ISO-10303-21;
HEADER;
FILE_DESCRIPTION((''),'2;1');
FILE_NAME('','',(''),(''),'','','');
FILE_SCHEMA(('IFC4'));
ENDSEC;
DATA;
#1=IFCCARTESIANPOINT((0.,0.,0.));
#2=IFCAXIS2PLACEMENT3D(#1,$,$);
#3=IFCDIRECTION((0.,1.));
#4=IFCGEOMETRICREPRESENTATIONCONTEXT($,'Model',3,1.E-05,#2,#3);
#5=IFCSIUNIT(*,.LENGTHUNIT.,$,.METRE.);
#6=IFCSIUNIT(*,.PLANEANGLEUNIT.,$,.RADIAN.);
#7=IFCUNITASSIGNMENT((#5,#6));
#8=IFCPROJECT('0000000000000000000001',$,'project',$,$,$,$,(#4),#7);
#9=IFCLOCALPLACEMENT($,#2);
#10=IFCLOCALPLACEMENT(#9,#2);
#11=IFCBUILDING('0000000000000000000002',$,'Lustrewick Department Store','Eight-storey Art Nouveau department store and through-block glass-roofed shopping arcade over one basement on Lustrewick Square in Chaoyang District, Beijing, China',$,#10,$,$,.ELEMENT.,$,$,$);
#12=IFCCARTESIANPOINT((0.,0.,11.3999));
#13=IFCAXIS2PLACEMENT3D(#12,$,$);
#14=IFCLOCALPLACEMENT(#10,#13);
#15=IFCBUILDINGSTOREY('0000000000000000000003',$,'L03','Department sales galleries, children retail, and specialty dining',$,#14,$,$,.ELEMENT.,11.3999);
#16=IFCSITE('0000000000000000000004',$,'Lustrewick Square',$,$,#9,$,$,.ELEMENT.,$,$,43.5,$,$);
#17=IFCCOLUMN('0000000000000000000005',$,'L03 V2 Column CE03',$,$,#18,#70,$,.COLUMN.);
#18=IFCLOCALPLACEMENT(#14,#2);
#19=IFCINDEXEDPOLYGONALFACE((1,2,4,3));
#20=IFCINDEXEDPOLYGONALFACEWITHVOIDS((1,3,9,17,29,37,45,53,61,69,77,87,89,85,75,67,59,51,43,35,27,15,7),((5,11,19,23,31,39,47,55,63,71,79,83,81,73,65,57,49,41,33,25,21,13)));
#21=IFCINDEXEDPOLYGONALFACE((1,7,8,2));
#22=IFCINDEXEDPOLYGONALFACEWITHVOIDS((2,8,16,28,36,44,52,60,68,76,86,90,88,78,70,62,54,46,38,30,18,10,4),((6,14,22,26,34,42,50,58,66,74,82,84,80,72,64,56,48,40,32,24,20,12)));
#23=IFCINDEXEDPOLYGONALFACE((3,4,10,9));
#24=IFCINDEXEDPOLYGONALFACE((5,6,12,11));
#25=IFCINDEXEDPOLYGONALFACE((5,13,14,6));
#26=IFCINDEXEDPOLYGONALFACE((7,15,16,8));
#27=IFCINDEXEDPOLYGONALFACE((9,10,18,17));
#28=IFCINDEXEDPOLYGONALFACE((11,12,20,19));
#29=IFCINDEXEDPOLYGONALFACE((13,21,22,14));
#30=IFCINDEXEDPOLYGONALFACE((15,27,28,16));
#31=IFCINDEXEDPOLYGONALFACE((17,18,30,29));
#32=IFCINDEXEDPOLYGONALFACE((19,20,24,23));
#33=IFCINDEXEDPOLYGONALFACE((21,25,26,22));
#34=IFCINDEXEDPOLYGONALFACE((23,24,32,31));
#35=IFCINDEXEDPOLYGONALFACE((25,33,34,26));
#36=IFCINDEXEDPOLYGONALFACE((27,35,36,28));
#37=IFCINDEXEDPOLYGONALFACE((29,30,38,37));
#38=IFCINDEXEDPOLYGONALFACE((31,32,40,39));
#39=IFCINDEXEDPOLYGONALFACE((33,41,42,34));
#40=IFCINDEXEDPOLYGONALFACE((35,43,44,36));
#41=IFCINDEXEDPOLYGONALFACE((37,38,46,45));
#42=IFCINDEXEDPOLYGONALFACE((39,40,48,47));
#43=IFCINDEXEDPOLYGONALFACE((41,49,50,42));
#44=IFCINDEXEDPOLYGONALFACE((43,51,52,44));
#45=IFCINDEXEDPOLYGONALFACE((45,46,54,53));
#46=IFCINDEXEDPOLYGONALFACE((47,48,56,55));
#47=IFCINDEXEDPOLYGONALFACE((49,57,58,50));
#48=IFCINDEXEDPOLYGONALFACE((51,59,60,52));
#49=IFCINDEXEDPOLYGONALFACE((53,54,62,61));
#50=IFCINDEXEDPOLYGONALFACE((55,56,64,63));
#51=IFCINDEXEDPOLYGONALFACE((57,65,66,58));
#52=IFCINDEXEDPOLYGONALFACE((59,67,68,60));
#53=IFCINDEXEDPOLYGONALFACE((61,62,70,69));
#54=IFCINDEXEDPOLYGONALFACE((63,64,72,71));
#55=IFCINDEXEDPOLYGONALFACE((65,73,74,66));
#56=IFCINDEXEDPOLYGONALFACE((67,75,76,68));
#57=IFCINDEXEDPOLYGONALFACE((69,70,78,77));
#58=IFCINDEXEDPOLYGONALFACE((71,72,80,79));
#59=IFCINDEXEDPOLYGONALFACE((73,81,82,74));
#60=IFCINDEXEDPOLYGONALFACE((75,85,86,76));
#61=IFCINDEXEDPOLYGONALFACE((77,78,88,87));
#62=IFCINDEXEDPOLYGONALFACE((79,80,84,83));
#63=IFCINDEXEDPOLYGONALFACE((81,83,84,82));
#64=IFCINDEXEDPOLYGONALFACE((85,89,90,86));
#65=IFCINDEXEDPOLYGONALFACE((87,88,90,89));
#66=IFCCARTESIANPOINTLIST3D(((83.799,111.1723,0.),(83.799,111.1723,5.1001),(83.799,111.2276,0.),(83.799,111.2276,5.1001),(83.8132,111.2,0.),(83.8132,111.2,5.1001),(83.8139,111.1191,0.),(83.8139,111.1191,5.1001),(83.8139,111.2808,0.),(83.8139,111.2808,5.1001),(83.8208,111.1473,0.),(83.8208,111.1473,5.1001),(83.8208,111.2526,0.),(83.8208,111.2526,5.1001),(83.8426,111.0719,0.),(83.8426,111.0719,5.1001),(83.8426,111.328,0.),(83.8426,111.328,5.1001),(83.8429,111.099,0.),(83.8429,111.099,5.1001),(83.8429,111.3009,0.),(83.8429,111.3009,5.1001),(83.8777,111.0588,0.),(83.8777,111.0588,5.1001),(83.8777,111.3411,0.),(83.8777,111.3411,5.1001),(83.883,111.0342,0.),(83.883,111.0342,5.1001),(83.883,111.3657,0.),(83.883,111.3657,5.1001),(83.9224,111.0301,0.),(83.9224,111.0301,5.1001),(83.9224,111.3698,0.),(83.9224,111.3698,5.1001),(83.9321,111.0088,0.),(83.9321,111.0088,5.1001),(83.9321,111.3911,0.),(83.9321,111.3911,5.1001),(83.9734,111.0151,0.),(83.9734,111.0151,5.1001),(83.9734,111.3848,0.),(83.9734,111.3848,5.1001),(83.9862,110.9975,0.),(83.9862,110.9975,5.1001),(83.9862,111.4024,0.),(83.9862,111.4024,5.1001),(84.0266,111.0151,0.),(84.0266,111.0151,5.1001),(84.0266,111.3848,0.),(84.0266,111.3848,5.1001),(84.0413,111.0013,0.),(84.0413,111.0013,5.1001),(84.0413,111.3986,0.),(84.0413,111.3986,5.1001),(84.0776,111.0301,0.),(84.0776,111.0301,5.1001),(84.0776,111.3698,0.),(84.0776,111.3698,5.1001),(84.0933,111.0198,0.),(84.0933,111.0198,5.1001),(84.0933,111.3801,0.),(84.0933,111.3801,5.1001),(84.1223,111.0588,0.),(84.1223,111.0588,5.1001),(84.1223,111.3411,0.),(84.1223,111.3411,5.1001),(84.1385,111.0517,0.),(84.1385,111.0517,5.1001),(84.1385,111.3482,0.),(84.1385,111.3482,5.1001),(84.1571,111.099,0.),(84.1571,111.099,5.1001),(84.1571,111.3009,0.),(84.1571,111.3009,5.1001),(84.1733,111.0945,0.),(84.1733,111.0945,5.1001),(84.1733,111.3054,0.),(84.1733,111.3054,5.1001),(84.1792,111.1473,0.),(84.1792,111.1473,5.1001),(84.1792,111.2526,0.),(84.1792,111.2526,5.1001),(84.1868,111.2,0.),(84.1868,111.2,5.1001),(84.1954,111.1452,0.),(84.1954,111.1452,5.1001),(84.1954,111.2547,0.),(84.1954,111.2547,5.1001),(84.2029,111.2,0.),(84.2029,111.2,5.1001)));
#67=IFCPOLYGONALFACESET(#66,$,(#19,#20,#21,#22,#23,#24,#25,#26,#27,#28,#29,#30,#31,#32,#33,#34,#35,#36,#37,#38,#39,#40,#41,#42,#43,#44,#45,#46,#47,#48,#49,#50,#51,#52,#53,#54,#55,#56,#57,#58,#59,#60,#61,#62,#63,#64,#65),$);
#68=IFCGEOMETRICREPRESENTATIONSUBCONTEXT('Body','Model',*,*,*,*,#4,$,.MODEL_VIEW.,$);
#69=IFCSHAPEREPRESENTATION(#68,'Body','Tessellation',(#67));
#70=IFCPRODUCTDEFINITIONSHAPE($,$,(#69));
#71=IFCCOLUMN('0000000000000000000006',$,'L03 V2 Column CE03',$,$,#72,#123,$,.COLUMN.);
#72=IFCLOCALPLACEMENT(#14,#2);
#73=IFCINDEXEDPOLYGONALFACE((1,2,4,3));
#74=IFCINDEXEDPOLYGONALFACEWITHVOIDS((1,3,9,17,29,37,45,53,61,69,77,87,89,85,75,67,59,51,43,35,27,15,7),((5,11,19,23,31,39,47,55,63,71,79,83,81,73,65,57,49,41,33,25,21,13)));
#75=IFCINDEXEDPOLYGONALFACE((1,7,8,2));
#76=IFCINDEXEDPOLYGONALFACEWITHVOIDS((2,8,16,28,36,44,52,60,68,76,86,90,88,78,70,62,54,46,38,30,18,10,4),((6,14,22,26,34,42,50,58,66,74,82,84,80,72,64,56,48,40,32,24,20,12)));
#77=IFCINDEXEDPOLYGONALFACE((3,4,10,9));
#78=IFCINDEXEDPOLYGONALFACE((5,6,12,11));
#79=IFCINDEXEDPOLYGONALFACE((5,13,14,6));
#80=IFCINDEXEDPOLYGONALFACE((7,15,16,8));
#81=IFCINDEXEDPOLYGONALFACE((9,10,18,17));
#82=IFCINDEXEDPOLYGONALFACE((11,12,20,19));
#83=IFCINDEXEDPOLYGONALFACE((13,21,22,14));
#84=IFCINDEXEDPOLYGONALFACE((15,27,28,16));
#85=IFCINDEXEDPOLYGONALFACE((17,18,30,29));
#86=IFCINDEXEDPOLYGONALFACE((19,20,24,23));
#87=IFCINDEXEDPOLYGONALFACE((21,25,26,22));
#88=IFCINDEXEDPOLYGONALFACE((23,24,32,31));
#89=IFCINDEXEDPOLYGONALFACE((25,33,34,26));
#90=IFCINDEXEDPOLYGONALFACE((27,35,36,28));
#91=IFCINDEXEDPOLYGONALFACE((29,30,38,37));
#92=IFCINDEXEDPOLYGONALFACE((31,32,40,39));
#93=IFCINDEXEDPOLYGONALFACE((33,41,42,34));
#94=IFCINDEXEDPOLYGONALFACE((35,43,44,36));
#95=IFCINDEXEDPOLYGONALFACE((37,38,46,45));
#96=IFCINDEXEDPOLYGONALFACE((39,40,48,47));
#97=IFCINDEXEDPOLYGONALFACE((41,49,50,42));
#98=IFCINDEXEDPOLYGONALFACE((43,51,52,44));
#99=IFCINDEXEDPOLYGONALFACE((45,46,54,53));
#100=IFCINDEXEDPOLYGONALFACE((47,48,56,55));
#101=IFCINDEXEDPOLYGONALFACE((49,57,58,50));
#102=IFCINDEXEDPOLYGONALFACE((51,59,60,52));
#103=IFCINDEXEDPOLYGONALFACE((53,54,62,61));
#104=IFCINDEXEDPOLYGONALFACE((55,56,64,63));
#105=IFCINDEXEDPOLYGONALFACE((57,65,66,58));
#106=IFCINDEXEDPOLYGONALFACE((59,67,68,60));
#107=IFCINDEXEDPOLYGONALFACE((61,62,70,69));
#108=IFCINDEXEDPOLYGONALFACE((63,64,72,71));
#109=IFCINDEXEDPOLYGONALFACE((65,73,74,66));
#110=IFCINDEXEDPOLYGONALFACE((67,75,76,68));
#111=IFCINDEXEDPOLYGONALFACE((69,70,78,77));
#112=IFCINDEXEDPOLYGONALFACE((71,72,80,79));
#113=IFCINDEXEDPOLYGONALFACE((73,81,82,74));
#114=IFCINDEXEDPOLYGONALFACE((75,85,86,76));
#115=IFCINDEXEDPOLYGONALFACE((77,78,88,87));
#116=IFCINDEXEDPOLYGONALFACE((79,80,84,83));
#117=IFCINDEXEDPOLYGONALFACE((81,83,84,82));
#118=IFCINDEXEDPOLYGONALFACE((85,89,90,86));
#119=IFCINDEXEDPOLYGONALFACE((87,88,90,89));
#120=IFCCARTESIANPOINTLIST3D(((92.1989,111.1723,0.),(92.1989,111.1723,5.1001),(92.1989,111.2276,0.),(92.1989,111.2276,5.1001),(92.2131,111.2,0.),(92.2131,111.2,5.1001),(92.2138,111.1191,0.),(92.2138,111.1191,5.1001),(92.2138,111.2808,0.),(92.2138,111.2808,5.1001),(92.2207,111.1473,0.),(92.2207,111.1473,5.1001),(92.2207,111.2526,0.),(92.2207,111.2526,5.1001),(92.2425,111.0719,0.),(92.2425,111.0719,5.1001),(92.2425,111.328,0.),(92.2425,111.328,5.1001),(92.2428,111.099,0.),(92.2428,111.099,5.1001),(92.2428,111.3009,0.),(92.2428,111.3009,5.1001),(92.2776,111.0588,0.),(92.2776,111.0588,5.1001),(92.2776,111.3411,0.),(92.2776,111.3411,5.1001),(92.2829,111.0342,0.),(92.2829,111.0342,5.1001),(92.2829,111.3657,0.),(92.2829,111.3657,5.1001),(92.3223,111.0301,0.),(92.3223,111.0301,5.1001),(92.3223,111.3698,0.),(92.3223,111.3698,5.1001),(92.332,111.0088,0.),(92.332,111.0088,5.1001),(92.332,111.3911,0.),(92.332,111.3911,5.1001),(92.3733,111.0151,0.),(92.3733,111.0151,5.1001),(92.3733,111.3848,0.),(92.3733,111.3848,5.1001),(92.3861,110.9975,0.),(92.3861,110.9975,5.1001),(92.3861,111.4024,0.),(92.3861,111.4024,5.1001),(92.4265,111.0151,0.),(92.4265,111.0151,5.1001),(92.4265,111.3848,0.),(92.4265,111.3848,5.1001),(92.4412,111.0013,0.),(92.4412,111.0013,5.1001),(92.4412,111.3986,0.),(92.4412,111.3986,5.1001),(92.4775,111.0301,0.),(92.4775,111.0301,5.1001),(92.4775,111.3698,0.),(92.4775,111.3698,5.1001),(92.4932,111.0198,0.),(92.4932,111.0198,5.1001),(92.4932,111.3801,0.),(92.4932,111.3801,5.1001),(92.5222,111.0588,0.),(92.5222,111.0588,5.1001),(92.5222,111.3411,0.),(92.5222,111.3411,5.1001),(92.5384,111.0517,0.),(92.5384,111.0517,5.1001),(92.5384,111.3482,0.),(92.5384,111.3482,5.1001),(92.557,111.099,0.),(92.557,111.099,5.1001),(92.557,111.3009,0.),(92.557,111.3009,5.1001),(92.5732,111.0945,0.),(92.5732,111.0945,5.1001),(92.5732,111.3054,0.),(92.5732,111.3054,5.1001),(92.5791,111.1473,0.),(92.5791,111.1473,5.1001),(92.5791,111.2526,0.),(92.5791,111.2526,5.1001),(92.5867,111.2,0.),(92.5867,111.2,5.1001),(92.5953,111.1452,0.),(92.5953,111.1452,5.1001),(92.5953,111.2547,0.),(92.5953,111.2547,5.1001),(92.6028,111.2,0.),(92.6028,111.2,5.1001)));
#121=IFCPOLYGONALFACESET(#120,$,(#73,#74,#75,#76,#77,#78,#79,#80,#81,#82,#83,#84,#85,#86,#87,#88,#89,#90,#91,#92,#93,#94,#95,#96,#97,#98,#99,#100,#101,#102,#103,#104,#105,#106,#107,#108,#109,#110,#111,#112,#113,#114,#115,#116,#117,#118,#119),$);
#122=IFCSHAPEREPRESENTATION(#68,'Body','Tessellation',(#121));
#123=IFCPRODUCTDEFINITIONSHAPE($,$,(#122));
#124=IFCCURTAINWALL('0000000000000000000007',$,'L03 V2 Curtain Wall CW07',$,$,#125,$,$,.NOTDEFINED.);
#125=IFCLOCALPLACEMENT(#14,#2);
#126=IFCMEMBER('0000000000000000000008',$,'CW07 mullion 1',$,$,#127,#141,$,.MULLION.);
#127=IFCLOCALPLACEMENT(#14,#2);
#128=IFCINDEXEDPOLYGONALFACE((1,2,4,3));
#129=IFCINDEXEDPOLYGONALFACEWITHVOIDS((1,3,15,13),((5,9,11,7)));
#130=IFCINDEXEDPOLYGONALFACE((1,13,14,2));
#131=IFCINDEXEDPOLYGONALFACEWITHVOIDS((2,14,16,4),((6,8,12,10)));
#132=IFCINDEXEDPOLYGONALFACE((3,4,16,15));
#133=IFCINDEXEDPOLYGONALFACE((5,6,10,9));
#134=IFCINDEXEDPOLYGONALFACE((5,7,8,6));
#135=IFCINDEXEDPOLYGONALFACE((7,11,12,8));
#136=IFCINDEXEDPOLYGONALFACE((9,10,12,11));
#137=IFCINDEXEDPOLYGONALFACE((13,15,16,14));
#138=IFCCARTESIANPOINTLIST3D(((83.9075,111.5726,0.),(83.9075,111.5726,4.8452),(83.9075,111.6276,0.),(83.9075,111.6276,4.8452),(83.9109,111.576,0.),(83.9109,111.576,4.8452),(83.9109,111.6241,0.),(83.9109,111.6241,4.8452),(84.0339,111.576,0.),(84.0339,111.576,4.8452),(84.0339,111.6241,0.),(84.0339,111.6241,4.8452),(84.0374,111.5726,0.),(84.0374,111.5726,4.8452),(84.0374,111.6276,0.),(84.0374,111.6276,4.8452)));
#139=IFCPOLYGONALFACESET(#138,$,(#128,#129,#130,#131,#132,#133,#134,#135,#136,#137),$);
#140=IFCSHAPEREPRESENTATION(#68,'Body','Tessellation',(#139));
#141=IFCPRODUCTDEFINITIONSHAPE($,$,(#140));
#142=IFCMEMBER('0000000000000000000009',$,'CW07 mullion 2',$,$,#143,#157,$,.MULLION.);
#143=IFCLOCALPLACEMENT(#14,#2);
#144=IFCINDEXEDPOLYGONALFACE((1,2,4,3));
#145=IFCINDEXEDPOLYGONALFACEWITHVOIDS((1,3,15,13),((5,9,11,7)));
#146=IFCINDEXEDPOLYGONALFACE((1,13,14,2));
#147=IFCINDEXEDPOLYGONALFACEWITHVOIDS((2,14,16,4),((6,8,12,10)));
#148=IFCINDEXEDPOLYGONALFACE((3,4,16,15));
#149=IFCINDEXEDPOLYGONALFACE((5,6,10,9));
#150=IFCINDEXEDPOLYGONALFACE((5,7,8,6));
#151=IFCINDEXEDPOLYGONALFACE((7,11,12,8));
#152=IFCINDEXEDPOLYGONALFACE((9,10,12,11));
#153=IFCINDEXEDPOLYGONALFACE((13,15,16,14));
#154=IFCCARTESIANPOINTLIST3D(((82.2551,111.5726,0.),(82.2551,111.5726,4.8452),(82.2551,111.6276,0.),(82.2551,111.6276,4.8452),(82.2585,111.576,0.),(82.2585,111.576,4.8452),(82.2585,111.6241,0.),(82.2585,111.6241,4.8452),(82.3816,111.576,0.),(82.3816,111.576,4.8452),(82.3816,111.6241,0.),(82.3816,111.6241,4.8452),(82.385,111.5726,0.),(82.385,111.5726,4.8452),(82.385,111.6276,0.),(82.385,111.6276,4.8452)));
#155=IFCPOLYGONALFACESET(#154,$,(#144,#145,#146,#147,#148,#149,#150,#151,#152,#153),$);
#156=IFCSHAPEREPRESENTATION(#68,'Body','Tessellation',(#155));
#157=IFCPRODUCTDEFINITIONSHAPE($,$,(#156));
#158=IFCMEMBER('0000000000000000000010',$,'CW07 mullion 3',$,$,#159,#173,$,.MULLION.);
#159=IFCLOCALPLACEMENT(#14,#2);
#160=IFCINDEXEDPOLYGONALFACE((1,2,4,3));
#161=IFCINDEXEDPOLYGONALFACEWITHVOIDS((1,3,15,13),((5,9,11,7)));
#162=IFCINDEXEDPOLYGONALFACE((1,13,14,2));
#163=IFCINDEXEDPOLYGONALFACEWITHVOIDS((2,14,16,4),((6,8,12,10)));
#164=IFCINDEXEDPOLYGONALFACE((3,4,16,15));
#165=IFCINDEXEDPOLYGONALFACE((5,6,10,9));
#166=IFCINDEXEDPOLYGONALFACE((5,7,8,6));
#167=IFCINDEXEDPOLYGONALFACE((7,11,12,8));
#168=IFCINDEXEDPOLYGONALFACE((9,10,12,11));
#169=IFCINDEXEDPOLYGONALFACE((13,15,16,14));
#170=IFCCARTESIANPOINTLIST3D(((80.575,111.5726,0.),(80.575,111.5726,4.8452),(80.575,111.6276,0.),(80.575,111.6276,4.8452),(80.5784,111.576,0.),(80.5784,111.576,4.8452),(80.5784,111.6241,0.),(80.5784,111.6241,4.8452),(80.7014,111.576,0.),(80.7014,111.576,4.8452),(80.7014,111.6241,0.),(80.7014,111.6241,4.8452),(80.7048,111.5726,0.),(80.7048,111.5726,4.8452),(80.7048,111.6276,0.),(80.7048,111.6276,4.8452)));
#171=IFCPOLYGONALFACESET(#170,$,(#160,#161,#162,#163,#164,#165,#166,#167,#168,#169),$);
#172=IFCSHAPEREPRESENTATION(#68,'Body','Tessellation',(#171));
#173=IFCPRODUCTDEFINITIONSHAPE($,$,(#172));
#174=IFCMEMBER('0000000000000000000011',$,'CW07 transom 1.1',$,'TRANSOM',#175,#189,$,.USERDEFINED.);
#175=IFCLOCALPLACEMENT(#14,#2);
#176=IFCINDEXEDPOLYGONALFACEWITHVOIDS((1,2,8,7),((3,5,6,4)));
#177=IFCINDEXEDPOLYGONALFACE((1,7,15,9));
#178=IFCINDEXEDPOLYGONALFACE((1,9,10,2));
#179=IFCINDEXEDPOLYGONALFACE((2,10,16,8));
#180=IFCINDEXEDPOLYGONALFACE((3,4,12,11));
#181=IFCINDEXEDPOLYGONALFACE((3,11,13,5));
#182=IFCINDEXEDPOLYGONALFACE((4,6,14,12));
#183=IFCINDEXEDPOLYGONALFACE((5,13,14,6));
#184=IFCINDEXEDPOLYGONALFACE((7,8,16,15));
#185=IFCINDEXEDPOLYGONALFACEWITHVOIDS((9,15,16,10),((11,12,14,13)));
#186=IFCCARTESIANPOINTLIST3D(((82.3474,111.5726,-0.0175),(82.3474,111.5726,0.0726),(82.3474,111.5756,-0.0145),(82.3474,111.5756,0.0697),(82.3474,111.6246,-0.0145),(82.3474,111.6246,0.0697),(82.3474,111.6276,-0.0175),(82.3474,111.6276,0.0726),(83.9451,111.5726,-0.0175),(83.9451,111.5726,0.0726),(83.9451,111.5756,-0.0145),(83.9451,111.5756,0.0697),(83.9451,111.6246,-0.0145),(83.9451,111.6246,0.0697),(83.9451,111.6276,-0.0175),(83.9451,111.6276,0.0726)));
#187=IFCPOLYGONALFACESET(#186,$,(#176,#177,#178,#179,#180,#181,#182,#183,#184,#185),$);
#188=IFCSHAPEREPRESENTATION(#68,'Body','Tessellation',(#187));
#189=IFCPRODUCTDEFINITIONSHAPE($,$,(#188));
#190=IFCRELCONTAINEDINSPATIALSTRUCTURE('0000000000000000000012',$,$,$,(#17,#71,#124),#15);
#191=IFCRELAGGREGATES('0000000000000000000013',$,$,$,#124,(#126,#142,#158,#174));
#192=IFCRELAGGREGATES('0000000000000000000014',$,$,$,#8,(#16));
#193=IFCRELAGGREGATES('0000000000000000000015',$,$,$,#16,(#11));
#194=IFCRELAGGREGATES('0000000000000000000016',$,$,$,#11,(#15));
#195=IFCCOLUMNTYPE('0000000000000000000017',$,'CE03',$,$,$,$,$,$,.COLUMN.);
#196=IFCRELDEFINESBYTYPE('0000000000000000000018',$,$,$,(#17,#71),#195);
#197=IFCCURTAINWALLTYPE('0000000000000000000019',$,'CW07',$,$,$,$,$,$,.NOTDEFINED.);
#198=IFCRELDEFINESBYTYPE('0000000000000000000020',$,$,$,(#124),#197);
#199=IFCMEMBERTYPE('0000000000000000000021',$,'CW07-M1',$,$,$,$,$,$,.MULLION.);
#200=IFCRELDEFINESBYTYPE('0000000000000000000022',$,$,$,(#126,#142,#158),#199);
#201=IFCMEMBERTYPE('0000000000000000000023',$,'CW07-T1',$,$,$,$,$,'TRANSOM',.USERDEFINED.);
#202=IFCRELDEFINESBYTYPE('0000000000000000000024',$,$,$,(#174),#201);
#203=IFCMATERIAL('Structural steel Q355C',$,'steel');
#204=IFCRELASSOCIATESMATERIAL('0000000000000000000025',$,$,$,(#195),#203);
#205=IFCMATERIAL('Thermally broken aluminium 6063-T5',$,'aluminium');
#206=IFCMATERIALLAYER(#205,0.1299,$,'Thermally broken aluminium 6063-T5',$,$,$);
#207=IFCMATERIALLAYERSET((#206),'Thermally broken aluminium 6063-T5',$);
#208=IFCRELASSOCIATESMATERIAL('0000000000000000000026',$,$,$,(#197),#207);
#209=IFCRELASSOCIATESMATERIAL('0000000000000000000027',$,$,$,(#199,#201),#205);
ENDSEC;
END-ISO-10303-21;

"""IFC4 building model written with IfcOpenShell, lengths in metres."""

from ifc_helpers import new_model, si_unit, direction, frame, origin, origin_2d, place, context, subcontext, project, spatial, hollow_rectangle, hollow_circle, extrude, material, layer, layer_set, material_profile, profile_set, type_object, element, aggregate, save


model = new_model("IFC4")

# Units and contexts
model_context = context("Model", 3, precision=1e-05, world=origin(), true_north=direction((0.0, 1.0)))
body_context = subcontext(model_context, "Body", "Model", "MODEL_VIEW")
ifc_project = project(units=[si_unit("LENGTHUNIT", "METRE"), si_unit("PLANEANGLEUNIT", "RADIAN")], contexts=[model_context])

# Site, building, storey
site_placement = place(None, origin())
site = spatial("IfcSite", under=ifc_project, at=site_placement, Name="Lustrewick Square", CompositionType="ELEMENT", RefElevation=43.5)
building_placement = place(site_placement, origin())
building = spatial("IfcBuilding", under=site, at=building_placement, Name="Lustrewick Department Store", Description="Eight-storey Art Nouveau department store and through-block glass-roofed shopping arcade over one basement on Lustrewick Square in Chaoyang District, Beijing, China", CompositionType="ELEMENT")
storey_placement = place(building_placement, frame((0.0, 0.0, 11.3999)))
storey = spatial("IfcBuildingStorey", under=building, at=storey_placement, Name="L03", Description="Department sales galleries, children retail, and specialty dining", CompositionType="ELEMENT", Elevation=11.3999)

# Columns
ifc_material_1 = material(Name="Structural steel Q355C", Category="steel")
ifc_material_profile_1 = material_profile(ifc_material_1, hollow_circle(Radius=0.2029, WallThickness=0.0161, at=origin_2d()), Name="CHS 406x16")
ifc_profile_set_1 = profile_set([ifc_material_profile_1], Name="Structural steel Q355C")
column_type = type_object("IfcColumnType", Name="CE03", PredefinedType="COLUMN", material=ifc_profile_set_1)
for number, where, z_axis, x_axis, name in (
    (1, (84.0, 111.2, 0.0), (0.0, 0.0, 1.0), (1.0, 0.0, 0.0), "L03 V2 Column CE03"),
    (2, (92.3999, 111.2, 0.0), (0.0, 0.0, 1.0), (1.0, 0.0, 0.0), "L03 V2 Column CE03"),
):
    element("IfcColumn", number, at=place(storey_placement, frame(where, z_axis=z_axis, x_axis=x_axis)), inside=storey, type_object=column_type, Name=name, PredefinedType="COLUMN", context=body_context, shape_type="SweptSolid", body=[
        extrude(hollow_circle(Radius=0.2029, WallThickness=0.0161, at=origin_2d()), origin(), (0.0, 0.0, 1.0), 5.1001),
    ])

# Curtain wall, members
ifc_material_2 = material(Name="Thermally broken aluminium 6063-T5", Category="aluminium")
ifc_layer_1 = layer(ifc_material_2, 0.1299, Name="Thermally broken aluminium 6063-T5")
ifc_layer_set_1 = layer_set([ifc_layer_1], Name="Thermally broken aluminium 6063-T5")
curtain_wall_type = type_object("IfcCurtainWallType", Name="CW07", PredefinedType="NOTDEFINED", material=ifc_layer_set_1)
curtain_wall_placement = place(storey_placement, origin())
curtain_wall = element("IfcCurtainWall", 3, at=curtain_wall_placement, inside=storey, type_object=curtain_wall_type, Name="L03 V2 Curtain Wall CW07", PredefinedType="NOTDEFINED")
ifc_material_profile_2 = material_profile(ifc_material_2, hollow_rectangle(XDim=0.0549, YDim=0.1299, WallThickness=0.0034, at=origin_2d()), Name="ALU-M 55x130x3.5")
ifc_profile_set_2 = profile_set([ifc_material_profile_2], Name="Thermally broken aluminium 6063-T5")
member_type_1 = type_object("IfcMemberType", Name="CW07-M1", PredefinedType="MULLION", material=ifc_profile_set_2)
member_1_placement = place(storey_placement, frame((83.9724, 111.6001, 0.0), z_axis=(0.0, 0.0, 1.0), x_axis=(0.0, -1.0, 0.0)))
member_1 = element("IfcMember", 4, at=member_1_placement, type_object=member_type_1, Name="CW07 mullion 1", PredefinedType="MULLION", context=body_context, shape_type="SweptSolid", body=[
    extrude(hollow_rectangle(XDim=0.0549, YDim=0.1299, WallThickness=0.0034, at=origin_2d()), origin(), (0.0, 0.0, 1.0), 4.8452),
])
member_2_placement = place(storey_placement, frame((82.3201, 111.6001, 0.0), z_axis=(0.0, 0.0, 1.0), x_axis=(0.0, -1.0, 0.0)))
member_2 = element("IfcMember", 5, at=member_2_placement, type_object=member_type_1, Name="CW07 mullion 2", PredefinedType="MULLION", context=body_context, shape_type="SweptSolid", body=[
    extrude(hollow_rectangle(XDim=0.0549, YDim=0.1299, WallThickness=0.0034, at=origin_2d()), origin(), (0.0, 0.0, 1.0), 4.8452),
])
member_3_placement = place(storey_placement, frame((80.6399, 111.6001, 0.0), z_axis=(0.0, 0.0, 1.0), x_axis=(0.0, -1.0, 0.0)))
member_3 = element("IfcMember", 6, at=member_3_placement, type_object=member_type_1, Name="CW07 mullion 3", PredefinedType="MULLION", context=body_context, shape_type="SweptSolid", body=[
    extrude(hollow_rectangle(XDim=0.0549, YDim=0.1299, WallThickness=0.0034, at=origin_2d()), origin(), (0.0, 0.0, 1.0), 4.8452),
])
ifc_material_profile_3 = material_profile(ifc_material_2, hollow_rectangle(XDim=0.0549, YDim=0.0901, WallThickness=0.0029, at=origin_2d()), Name="ALU-T 55x90x3")
ifc_profile_set_3 = profile_set([ifc_material_profile_3], Name="Thermally broken aluminium 6063-T5")
member_type_2 = type_object("IfcMemberType", Name="CW07-T1", ElementType="TRANSOM", PredefinedType="USERDEFINED", material=ifc_profile_set_3)
member_4_placement = place(storey_placement, frame((83.9451, 111.6001, 0.0276), z_axis=(-1.0, 0.0, 0.0), x_axis=(0.0, -1.0, 0.0)))
member_4 = element("IfcMember", 7, at=member_4_placement, type_object=member_type_2, Name="CW07 transom 1.1", ObjectType="TRANSOM", PredefinedType="USERDEFINED", context=body_context, shape_type="SweptSolid", body=[
    extrude(hollow_rectangle(XDim=0.0549, YDim=0.0901, WallThickness=0.0029, at=origin_2d()), origin(), (0.0, 0.0, 1.0), 1.5977),
])

aggregate(curtain_wall, [member_1, member_2, member_3, member_4])

save(model, "model.ifc")
